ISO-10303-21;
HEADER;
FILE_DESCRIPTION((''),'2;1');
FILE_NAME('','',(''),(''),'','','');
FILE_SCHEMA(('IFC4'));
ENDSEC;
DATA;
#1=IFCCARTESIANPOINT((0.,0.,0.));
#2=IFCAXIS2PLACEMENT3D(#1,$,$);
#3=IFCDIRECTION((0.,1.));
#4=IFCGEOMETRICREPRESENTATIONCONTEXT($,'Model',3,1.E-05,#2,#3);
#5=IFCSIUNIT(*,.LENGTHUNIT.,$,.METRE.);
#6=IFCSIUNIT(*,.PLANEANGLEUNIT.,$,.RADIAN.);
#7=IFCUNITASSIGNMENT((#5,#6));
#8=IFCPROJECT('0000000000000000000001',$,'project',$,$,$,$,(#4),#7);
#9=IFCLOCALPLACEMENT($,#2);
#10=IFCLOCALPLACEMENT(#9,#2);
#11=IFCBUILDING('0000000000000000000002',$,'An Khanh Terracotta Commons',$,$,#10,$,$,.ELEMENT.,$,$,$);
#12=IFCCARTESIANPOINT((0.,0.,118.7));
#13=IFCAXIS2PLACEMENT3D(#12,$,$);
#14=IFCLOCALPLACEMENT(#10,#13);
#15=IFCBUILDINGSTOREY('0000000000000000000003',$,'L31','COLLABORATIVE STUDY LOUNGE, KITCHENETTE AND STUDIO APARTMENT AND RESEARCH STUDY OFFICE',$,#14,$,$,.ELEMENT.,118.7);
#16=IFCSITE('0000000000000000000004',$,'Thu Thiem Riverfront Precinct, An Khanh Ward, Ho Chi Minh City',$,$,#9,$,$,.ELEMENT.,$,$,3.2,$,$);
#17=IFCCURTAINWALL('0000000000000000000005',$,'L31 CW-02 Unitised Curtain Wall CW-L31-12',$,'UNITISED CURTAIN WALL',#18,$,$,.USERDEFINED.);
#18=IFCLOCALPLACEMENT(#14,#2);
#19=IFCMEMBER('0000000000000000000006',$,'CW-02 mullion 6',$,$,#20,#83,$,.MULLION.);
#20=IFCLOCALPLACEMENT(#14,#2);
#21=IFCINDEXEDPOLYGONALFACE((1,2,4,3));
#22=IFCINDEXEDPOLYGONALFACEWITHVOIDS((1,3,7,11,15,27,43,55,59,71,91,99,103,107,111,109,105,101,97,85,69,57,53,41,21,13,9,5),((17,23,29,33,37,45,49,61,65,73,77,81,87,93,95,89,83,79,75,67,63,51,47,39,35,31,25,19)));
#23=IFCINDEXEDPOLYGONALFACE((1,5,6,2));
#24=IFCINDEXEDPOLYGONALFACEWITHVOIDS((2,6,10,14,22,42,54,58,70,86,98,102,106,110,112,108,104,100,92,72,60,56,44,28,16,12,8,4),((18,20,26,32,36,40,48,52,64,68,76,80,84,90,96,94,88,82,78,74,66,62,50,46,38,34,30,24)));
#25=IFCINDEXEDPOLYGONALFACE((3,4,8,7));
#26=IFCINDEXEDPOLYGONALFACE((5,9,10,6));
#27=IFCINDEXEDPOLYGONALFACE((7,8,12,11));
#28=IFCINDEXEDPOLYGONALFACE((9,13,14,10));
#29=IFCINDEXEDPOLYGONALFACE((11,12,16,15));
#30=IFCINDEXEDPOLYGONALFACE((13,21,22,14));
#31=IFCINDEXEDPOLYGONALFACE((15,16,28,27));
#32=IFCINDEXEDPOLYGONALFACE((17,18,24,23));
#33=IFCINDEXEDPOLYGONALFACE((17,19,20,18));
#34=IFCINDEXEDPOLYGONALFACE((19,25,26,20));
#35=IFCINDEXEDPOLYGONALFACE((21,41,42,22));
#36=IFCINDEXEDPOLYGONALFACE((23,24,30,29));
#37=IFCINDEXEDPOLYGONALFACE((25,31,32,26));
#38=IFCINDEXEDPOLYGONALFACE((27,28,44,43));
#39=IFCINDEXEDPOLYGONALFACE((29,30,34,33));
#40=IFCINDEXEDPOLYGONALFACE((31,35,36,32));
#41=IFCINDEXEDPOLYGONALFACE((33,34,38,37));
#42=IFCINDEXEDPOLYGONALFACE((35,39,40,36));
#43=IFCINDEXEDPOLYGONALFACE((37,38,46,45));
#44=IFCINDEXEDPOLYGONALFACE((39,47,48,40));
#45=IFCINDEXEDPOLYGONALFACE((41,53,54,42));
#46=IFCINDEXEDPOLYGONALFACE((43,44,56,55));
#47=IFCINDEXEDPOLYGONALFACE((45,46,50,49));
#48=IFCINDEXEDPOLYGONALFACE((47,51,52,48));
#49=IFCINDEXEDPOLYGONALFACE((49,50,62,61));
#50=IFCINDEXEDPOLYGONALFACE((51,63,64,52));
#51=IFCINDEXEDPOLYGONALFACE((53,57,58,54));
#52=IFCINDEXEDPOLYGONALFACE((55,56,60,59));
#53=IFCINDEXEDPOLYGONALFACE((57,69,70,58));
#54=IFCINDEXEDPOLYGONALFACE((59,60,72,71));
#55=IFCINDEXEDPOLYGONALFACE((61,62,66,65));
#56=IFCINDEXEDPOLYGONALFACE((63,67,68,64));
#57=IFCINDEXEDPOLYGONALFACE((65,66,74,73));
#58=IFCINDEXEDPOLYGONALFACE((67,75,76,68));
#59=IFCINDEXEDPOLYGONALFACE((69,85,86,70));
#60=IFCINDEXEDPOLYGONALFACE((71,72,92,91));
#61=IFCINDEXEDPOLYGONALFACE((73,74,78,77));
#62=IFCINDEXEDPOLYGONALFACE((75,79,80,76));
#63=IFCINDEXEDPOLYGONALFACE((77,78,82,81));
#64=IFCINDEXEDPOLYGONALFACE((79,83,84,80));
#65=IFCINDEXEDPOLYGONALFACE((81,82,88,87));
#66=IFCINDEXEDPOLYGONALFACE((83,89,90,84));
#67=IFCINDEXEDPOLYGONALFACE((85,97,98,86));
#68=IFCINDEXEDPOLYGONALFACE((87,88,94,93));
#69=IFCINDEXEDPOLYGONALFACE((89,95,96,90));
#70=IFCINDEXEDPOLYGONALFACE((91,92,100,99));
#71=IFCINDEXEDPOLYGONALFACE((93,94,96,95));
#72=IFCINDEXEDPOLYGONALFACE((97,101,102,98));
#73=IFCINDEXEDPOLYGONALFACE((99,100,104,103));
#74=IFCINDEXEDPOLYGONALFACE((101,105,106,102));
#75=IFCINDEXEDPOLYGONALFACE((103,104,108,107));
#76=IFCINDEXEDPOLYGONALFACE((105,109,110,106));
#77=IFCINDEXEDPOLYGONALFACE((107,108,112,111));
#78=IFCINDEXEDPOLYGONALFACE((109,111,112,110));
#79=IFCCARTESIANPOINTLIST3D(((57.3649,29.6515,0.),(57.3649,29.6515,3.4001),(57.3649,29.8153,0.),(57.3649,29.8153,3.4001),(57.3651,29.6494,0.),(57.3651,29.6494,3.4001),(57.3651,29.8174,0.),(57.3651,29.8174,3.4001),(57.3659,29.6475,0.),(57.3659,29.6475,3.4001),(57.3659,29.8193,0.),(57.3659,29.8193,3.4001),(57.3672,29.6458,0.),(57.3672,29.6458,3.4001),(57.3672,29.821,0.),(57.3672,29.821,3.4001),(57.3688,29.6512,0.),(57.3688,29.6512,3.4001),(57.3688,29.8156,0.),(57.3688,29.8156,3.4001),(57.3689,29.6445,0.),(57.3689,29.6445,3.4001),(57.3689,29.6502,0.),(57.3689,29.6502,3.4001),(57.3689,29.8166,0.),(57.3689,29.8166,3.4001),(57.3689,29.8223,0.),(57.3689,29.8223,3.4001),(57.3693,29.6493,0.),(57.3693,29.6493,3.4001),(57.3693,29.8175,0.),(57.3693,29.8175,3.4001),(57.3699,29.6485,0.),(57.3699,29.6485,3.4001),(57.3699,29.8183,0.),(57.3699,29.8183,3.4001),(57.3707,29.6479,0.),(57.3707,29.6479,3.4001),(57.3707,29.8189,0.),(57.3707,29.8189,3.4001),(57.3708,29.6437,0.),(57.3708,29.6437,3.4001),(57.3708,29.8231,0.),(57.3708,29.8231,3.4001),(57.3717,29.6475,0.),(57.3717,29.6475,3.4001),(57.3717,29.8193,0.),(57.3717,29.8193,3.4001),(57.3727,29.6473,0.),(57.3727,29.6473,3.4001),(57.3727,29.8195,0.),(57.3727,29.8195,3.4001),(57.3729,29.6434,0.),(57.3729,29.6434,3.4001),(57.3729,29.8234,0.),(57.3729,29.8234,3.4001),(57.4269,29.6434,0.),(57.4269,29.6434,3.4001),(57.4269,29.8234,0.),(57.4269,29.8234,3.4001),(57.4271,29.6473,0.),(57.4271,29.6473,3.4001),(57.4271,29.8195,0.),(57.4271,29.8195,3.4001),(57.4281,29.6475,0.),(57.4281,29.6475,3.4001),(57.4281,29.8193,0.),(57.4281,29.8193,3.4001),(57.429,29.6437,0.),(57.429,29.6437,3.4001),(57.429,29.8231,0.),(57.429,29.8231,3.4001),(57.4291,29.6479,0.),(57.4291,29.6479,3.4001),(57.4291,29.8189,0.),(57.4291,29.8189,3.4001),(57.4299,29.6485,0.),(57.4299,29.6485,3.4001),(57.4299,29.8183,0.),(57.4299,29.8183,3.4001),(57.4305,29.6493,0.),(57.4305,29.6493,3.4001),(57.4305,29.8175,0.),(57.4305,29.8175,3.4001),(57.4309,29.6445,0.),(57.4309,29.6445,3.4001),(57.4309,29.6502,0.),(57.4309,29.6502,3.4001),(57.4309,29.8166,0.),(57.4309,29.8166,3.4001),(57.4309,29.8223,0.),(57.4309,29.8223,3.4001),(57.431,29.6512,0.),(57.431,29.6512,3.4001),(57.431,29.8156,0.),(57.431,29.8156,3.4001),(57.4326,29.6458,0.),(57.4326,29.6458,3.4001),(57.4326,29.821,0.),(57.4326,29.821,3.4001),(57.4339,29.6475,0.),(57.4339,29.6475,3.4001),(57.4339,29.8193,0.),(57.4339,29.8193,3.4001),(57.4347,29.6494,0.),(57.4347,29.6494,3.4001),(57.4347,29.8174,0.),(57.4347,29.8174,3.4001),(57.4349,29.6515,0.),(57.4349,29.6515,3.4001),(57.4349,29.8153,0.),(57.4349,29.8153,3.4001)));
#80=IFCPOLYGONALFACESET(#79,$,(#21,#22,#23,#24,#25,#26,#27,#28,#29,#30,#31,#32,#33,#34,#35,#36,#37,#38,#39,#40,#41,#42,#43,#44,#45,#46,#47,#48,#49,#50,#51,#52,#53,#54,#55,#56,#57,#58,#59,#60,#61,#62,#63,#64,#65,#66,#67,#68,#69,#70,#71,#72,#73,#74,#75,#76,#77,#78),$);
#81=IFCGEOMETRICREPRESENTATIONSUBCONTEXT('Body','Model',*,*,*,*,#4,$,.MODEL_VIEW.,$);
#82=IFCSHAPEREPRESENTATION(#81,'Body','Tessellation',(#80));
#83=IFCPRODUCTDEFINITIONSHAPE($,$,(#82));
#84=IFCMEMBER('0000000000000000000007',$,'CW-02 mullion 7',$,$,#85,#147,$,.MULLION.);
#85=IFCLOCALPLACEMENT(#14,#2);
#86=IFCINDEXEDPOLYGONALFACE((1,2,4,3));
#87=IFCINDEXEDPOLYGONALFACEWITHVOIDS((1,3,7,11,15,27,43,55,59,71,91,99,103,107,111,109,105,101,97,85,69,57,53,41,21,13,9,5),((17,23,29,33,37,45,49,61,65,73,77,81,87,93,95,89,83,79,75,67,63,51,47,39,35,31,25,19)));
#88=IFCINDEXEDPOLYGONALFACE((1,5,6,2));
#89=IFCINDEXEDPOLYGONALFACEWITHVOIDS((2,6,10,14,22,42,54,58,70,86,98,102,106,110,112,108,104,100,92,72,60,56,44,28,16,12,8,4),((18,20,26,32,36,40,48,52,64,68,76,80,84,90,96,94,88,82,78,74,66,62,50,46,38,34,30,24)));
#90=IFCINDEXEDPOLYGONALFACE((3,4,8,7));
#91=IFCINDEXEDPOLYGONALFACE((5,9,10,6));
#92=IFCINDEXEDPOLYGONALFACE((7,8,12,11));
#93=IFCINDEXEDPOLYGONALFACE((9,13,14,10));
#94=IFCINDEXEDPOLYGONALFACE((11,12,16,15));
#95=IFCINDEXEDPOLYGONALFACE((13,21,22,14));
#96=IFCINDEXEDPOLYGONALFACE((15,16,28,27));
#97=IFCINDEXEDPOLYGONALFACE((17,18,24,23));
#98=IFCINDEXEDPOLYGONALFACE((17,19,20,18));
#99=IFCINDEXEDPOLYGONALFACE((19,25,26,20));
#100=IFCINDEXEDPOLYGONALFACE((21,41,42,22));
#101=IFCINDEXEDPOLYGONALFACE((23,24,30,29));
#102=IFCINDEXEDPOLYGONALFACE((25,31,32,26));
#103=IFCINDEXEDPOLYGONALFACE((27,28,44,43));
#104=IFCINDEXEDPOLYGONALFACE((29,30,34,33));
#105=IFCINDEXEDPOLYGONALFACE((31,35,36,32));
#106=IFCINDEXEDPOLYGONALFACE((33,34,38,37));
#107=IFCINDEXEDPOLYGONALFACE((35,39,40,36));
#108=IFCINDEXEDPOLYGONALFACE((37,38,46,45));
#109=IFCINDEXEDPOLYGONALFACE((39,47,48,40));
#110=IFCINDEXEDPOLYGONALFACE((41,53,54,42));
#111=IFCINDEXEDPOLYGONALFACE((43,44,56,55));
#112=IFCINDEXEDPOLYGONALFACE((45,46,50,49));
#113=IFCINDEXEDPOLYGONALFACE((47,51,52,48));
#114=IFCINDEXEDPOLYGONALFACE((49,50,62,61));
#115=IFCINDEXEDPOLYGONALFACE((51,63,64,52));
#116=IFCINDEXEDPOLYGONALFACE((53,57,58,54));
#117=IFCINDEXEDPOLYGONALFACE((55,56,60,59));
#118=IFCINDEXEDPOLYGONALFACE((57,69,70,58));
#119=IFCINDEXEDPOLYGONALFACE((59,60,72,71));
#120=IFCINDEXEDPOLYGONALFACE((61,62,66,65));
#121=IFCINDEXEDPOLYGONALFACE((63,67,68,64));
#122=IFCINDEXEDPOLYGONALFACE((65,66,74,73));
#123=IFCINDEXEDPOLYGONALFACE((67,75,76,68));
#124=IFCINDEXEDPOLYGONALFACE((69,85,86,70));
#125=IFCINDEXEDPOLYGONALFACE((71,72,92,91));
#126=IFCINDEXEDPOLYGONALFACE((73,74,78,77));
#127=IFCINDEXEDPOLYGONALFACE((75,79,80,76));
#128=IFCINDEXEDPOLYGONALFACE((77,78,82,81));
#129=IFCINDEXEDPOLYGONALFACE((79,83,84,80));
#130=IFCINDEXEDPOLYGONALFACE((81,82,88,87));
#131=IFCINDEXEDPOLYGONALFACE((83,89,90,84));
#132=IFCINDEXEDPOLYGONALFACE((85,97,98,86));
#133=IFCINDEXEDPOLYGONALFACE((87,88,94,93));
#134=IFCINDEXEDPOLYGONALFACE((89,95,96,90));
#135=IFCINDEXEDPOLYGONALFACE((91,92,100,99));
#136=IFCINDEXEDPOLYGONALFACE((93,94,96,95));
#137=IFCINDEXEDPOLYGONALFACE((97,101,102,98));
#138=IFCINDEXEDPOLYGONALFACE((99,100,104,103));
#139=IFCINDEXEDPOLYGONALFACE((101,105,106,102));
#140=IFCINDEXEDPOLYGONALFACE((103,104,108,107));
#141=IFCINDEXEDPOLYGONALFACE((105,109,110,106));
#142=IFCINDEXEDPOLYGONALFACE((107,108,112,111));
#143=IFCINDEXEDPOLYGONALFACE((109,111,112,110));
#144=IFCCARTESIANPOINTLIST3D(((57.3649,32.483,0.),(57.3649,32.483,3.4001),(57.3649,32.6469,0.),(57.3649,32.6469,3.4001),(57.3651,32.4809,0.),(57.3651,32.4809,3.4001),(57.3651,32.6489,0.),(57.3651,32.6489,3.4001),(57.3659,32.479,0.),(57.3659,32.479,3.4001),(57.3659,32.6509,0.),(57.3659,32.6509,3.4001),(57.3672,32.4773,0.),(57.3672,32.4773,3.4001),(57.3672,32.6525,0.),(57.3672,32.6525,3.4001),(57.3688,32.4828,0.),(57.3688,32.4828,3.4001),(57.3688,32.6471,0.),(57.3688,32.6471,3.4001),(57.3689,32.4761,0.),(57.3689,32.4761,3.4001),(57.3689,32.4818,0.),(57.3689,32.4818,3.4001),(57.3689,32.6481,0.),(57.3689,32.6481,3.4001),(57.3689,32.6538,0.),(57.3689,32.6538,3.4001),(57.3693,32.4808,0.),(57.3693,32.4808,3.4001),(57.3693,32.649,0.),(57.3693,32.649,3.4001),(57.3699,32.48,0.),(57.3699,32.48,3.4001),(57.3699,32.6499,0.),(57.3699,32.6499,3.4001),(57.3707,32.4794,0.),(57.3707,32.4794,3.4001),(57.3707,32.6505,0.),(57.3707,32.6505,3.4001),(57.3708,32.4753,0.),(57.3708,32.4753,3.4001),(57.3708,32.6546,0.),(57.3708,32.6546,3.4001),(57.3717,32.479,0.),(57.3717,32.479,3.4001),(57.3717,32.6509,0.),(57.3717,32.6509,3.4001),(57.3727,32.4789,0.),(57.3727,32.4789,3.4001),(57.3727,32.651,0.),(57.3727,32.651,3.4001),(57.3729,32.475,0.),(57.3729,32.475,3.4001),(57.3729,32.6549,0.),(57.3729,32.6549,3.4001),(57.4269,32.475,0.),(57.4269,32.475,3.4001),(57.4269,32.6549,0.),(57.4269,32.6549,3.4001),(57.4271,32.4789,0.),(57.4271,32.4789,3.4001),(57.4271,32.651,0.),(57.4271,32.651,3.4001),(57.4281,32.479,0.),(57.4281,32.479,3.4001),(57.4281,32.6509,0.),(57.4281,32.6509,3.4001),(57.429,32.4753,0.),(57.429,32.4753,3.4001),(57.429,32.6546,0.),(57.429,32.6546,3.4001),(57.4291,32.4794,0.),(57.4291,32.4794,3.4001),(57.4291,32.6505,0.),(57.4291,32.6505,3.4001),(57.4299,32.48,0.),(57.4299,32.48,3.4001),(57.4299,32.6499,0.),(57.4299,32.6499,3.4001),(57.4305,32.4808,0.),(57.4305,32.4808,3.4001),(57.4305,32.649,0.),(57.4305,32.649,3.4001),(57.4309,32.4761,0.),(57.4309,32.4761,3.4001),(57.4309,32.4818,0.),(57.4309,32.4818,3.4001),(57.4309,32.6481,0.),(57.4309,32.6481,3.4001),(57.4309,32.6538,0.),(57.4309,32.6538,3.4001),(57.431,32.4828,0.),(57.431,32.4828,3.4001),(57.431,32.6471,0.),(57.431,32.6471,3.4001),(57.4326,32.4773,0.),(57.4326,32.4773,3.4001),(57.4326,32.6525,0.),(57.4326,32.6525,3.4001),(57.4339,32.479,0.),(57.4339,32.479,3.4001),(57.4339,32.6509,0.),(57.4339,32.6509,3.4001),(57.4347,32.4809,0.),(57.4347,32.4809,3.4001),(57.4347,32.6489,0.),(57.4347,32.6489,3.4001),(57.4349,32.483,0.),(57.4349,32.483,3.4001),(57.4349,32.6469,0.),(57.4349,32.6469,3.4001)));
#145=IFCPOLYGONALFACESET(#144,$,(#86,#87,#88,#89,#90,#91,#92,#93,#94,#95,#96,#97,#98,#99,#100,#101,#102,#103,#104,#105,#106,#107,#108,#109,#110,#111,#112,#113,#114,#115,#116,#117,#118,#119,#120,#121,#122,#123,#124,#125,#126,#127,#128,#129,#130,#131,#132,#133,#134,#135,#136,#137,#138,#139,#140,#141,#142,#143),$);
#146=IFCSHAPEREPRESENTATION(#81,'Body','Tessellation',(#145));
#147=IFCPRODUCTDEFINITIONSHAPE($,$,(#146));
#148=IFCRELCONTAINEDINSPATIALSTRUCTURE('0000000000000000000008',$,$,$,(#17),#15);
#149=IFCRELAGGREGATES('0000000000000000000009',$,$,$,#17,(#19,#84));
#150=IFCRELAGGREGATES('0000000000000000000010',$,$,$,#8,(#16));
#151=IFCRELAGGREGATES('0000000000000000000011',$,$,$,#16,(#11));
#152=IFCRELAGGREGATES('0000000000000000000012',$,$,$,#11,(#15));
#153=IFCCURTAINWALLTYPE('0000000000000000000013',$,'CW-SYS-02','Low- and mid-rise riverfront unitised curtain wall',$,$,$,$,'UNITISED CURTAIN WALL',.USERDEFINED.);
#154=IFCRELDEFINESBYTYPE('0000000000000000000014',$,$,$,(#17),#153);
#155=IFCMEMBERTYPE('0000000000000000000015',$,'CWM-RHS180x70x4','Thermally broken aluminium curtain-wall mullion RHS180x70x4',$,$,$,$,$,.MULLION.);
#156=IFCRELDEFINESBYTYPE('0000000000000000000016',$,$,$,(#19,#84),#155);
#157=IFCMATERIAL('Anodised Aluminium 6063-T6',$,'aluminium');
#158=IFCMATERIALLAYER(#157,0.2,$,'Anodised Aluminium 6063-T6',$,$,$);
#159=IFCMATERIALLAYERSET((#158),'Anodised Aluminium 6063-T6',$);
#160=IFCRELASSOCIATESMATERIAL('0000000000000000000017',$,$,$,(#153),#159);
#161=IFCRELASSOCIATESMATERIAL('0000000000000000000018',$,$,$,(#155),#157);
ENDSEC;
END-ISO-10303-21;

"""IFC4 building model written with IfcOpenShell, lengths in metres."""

from ifc_helpers import new_model, si_unit, direction, frame, origin, origin_2d, place, context, subcontext, project, spatial, hollow_rectangle, extrude, material, layer, layer_set, material_profile, profile_set, type_object, element, aggregate, save


model = new_model("IFC4")

# Units and contexts
model_context = context("Model", 3, precision=1e-05, world=origin(), true_north=direction((0.0, 1.0)))
body_context = subcontext(model_context, "Body", "Model", "MODEL_VIEW")
ifc_project = project(units=[si_unit("LENGTHUNIT", "METRE"), si_unit("PLANEANGLEUNIT", "RADIAN")], contexts=[model_context])

# Site, building, storey
site_placement = place(None, origin())
site = spatial("IfcSite", under=ifc_project, at=site_placement, Name="Thu Thiem Riverfront Precinct, An Khanh Ward, Ho Chi Minh City", CompositionType="ELEMENT", RefElevation=3.2)
building_placement = place(site_placement, origin())
building = spatial("IfcBuilding", under=site, at=building_placement, Name="An Khanh Terracotta Commons", CompositionType="ELEMENT")
storey_placement = place(building_placement, frame((0.0, 0.0, 118.7)))
storey = spatial("IfcBuildingStorey", under=building, at=storey_placement, Name="L31", Description="COLLABORATIVE STUDY LOUNGE, KITCHENETTE AND STUDIO APARTMENT AND RESEARCH STUDY OFFICE", CompositionType="ELEMENT", Elevation=118.7)

# Curtain wall, members
ifc_material_1 = material(Name="Anodised Aluminium 6063-T6", Category="aluminium")
ifc_layer_1 = layer(ifc_material_1, 0.2, Name="Anodised Aluminium 6063-T6")
ifc_layer_set_1 = layer_set([ifc_layer_1], Name="Anodised Aluminium 6063-T6")
curtain_wall_type = type_object("IfcCurtainWallType", Name="CW-SYS-02", Description="Low- and mid-rise riverfront unitised curtain wall", ElementType="UNITISED CURTAIN WALL", PredefinedType="USERDEFINED", material=ifc_layer_set_1)
curtain_wall_1_placement = place(storey_placement, origin())
curtain_wall_1 = element("IfcCurtainWall", 1, at=curtain_wall_1_placement, inside=storey, type_object=curtain_wall_type, Name="L31 CW-02 Unitised Curtain Wall CW-L31-12", ObjectType="UNITISED CURTAIN WALL", PredefinedType="USERDEFINED")
ifc_material_profile_1 = material_profile(ifc_material_1, hollow_rectangle(XDim=0.0701, YDim=0.1799, WallThickness=0.0039, InnerFilletRadius=0.0039, OuterFilletRadius=0.0081, at=origin_2d()), Name="RHS180x70x4")
ifc_profile_set_1 = profile_set([ifc_material_profile_1], Name="Anodised Aluminium 6063-T6")
member_type_1 = type_object("IfcMemberType", Name="CWM-RHS180x70x4", Description="Thermally broken aluminium curtain-wall mullion RHS180x70x4", PredefinedType="MULLION", material=ifc_profile_set_1)
member_1_placement = place(storey_placement, frame((57.3999, 29.7334, 0.0), z_axis=(0.0, 0.0, 1.0), x_axis=(-1.0, 0.0, 0.0)))
member_1 = element("IfcMember", 2, at=member_1_placement, type_object=member_type_1, Name="CW-02 mullion 6", PredefinedType="MULLION", context=body_context, shape_type="SweptSolid", body=[
    extrude(hollow_rectangle(XDim=0.0701, YDim=0.1799, WallThickness=0.0039, InnerFilletRadius=0.0039, OuterFilletRadius=0.0081, at=origin_2d()), origin(), (0.0, 0.0, 1.0), 3.4001),
])
member_2_placement = place(storey_placement, frame((57.3999, 32.5649, 0.0), z_axis=(0.0, 0.0, 1.0), x_axis=(-1.0, 0.0, 0.0)))
member_2 = element("IfcMember", 3, at=member_2_placement, type_object=member_type_1, Name="CW-02 mullion 7", PredefinedType="MULLION", context=body_context, shape_type="SweptSolid", body=[
    extrude(hollow_rectangle(XDim=0.0701, YDim=0.1799, WallThickness=0.0039, InnerFilletRadius=0.0039, OuterFilletRadius=0.0081, at=origin_2d()), origin(), (0.0, 0.0, 1.0), 3.4001),
])

aggregate(curtain_wall_1, [member_1, member_2])

save(model, "model.ifc")
